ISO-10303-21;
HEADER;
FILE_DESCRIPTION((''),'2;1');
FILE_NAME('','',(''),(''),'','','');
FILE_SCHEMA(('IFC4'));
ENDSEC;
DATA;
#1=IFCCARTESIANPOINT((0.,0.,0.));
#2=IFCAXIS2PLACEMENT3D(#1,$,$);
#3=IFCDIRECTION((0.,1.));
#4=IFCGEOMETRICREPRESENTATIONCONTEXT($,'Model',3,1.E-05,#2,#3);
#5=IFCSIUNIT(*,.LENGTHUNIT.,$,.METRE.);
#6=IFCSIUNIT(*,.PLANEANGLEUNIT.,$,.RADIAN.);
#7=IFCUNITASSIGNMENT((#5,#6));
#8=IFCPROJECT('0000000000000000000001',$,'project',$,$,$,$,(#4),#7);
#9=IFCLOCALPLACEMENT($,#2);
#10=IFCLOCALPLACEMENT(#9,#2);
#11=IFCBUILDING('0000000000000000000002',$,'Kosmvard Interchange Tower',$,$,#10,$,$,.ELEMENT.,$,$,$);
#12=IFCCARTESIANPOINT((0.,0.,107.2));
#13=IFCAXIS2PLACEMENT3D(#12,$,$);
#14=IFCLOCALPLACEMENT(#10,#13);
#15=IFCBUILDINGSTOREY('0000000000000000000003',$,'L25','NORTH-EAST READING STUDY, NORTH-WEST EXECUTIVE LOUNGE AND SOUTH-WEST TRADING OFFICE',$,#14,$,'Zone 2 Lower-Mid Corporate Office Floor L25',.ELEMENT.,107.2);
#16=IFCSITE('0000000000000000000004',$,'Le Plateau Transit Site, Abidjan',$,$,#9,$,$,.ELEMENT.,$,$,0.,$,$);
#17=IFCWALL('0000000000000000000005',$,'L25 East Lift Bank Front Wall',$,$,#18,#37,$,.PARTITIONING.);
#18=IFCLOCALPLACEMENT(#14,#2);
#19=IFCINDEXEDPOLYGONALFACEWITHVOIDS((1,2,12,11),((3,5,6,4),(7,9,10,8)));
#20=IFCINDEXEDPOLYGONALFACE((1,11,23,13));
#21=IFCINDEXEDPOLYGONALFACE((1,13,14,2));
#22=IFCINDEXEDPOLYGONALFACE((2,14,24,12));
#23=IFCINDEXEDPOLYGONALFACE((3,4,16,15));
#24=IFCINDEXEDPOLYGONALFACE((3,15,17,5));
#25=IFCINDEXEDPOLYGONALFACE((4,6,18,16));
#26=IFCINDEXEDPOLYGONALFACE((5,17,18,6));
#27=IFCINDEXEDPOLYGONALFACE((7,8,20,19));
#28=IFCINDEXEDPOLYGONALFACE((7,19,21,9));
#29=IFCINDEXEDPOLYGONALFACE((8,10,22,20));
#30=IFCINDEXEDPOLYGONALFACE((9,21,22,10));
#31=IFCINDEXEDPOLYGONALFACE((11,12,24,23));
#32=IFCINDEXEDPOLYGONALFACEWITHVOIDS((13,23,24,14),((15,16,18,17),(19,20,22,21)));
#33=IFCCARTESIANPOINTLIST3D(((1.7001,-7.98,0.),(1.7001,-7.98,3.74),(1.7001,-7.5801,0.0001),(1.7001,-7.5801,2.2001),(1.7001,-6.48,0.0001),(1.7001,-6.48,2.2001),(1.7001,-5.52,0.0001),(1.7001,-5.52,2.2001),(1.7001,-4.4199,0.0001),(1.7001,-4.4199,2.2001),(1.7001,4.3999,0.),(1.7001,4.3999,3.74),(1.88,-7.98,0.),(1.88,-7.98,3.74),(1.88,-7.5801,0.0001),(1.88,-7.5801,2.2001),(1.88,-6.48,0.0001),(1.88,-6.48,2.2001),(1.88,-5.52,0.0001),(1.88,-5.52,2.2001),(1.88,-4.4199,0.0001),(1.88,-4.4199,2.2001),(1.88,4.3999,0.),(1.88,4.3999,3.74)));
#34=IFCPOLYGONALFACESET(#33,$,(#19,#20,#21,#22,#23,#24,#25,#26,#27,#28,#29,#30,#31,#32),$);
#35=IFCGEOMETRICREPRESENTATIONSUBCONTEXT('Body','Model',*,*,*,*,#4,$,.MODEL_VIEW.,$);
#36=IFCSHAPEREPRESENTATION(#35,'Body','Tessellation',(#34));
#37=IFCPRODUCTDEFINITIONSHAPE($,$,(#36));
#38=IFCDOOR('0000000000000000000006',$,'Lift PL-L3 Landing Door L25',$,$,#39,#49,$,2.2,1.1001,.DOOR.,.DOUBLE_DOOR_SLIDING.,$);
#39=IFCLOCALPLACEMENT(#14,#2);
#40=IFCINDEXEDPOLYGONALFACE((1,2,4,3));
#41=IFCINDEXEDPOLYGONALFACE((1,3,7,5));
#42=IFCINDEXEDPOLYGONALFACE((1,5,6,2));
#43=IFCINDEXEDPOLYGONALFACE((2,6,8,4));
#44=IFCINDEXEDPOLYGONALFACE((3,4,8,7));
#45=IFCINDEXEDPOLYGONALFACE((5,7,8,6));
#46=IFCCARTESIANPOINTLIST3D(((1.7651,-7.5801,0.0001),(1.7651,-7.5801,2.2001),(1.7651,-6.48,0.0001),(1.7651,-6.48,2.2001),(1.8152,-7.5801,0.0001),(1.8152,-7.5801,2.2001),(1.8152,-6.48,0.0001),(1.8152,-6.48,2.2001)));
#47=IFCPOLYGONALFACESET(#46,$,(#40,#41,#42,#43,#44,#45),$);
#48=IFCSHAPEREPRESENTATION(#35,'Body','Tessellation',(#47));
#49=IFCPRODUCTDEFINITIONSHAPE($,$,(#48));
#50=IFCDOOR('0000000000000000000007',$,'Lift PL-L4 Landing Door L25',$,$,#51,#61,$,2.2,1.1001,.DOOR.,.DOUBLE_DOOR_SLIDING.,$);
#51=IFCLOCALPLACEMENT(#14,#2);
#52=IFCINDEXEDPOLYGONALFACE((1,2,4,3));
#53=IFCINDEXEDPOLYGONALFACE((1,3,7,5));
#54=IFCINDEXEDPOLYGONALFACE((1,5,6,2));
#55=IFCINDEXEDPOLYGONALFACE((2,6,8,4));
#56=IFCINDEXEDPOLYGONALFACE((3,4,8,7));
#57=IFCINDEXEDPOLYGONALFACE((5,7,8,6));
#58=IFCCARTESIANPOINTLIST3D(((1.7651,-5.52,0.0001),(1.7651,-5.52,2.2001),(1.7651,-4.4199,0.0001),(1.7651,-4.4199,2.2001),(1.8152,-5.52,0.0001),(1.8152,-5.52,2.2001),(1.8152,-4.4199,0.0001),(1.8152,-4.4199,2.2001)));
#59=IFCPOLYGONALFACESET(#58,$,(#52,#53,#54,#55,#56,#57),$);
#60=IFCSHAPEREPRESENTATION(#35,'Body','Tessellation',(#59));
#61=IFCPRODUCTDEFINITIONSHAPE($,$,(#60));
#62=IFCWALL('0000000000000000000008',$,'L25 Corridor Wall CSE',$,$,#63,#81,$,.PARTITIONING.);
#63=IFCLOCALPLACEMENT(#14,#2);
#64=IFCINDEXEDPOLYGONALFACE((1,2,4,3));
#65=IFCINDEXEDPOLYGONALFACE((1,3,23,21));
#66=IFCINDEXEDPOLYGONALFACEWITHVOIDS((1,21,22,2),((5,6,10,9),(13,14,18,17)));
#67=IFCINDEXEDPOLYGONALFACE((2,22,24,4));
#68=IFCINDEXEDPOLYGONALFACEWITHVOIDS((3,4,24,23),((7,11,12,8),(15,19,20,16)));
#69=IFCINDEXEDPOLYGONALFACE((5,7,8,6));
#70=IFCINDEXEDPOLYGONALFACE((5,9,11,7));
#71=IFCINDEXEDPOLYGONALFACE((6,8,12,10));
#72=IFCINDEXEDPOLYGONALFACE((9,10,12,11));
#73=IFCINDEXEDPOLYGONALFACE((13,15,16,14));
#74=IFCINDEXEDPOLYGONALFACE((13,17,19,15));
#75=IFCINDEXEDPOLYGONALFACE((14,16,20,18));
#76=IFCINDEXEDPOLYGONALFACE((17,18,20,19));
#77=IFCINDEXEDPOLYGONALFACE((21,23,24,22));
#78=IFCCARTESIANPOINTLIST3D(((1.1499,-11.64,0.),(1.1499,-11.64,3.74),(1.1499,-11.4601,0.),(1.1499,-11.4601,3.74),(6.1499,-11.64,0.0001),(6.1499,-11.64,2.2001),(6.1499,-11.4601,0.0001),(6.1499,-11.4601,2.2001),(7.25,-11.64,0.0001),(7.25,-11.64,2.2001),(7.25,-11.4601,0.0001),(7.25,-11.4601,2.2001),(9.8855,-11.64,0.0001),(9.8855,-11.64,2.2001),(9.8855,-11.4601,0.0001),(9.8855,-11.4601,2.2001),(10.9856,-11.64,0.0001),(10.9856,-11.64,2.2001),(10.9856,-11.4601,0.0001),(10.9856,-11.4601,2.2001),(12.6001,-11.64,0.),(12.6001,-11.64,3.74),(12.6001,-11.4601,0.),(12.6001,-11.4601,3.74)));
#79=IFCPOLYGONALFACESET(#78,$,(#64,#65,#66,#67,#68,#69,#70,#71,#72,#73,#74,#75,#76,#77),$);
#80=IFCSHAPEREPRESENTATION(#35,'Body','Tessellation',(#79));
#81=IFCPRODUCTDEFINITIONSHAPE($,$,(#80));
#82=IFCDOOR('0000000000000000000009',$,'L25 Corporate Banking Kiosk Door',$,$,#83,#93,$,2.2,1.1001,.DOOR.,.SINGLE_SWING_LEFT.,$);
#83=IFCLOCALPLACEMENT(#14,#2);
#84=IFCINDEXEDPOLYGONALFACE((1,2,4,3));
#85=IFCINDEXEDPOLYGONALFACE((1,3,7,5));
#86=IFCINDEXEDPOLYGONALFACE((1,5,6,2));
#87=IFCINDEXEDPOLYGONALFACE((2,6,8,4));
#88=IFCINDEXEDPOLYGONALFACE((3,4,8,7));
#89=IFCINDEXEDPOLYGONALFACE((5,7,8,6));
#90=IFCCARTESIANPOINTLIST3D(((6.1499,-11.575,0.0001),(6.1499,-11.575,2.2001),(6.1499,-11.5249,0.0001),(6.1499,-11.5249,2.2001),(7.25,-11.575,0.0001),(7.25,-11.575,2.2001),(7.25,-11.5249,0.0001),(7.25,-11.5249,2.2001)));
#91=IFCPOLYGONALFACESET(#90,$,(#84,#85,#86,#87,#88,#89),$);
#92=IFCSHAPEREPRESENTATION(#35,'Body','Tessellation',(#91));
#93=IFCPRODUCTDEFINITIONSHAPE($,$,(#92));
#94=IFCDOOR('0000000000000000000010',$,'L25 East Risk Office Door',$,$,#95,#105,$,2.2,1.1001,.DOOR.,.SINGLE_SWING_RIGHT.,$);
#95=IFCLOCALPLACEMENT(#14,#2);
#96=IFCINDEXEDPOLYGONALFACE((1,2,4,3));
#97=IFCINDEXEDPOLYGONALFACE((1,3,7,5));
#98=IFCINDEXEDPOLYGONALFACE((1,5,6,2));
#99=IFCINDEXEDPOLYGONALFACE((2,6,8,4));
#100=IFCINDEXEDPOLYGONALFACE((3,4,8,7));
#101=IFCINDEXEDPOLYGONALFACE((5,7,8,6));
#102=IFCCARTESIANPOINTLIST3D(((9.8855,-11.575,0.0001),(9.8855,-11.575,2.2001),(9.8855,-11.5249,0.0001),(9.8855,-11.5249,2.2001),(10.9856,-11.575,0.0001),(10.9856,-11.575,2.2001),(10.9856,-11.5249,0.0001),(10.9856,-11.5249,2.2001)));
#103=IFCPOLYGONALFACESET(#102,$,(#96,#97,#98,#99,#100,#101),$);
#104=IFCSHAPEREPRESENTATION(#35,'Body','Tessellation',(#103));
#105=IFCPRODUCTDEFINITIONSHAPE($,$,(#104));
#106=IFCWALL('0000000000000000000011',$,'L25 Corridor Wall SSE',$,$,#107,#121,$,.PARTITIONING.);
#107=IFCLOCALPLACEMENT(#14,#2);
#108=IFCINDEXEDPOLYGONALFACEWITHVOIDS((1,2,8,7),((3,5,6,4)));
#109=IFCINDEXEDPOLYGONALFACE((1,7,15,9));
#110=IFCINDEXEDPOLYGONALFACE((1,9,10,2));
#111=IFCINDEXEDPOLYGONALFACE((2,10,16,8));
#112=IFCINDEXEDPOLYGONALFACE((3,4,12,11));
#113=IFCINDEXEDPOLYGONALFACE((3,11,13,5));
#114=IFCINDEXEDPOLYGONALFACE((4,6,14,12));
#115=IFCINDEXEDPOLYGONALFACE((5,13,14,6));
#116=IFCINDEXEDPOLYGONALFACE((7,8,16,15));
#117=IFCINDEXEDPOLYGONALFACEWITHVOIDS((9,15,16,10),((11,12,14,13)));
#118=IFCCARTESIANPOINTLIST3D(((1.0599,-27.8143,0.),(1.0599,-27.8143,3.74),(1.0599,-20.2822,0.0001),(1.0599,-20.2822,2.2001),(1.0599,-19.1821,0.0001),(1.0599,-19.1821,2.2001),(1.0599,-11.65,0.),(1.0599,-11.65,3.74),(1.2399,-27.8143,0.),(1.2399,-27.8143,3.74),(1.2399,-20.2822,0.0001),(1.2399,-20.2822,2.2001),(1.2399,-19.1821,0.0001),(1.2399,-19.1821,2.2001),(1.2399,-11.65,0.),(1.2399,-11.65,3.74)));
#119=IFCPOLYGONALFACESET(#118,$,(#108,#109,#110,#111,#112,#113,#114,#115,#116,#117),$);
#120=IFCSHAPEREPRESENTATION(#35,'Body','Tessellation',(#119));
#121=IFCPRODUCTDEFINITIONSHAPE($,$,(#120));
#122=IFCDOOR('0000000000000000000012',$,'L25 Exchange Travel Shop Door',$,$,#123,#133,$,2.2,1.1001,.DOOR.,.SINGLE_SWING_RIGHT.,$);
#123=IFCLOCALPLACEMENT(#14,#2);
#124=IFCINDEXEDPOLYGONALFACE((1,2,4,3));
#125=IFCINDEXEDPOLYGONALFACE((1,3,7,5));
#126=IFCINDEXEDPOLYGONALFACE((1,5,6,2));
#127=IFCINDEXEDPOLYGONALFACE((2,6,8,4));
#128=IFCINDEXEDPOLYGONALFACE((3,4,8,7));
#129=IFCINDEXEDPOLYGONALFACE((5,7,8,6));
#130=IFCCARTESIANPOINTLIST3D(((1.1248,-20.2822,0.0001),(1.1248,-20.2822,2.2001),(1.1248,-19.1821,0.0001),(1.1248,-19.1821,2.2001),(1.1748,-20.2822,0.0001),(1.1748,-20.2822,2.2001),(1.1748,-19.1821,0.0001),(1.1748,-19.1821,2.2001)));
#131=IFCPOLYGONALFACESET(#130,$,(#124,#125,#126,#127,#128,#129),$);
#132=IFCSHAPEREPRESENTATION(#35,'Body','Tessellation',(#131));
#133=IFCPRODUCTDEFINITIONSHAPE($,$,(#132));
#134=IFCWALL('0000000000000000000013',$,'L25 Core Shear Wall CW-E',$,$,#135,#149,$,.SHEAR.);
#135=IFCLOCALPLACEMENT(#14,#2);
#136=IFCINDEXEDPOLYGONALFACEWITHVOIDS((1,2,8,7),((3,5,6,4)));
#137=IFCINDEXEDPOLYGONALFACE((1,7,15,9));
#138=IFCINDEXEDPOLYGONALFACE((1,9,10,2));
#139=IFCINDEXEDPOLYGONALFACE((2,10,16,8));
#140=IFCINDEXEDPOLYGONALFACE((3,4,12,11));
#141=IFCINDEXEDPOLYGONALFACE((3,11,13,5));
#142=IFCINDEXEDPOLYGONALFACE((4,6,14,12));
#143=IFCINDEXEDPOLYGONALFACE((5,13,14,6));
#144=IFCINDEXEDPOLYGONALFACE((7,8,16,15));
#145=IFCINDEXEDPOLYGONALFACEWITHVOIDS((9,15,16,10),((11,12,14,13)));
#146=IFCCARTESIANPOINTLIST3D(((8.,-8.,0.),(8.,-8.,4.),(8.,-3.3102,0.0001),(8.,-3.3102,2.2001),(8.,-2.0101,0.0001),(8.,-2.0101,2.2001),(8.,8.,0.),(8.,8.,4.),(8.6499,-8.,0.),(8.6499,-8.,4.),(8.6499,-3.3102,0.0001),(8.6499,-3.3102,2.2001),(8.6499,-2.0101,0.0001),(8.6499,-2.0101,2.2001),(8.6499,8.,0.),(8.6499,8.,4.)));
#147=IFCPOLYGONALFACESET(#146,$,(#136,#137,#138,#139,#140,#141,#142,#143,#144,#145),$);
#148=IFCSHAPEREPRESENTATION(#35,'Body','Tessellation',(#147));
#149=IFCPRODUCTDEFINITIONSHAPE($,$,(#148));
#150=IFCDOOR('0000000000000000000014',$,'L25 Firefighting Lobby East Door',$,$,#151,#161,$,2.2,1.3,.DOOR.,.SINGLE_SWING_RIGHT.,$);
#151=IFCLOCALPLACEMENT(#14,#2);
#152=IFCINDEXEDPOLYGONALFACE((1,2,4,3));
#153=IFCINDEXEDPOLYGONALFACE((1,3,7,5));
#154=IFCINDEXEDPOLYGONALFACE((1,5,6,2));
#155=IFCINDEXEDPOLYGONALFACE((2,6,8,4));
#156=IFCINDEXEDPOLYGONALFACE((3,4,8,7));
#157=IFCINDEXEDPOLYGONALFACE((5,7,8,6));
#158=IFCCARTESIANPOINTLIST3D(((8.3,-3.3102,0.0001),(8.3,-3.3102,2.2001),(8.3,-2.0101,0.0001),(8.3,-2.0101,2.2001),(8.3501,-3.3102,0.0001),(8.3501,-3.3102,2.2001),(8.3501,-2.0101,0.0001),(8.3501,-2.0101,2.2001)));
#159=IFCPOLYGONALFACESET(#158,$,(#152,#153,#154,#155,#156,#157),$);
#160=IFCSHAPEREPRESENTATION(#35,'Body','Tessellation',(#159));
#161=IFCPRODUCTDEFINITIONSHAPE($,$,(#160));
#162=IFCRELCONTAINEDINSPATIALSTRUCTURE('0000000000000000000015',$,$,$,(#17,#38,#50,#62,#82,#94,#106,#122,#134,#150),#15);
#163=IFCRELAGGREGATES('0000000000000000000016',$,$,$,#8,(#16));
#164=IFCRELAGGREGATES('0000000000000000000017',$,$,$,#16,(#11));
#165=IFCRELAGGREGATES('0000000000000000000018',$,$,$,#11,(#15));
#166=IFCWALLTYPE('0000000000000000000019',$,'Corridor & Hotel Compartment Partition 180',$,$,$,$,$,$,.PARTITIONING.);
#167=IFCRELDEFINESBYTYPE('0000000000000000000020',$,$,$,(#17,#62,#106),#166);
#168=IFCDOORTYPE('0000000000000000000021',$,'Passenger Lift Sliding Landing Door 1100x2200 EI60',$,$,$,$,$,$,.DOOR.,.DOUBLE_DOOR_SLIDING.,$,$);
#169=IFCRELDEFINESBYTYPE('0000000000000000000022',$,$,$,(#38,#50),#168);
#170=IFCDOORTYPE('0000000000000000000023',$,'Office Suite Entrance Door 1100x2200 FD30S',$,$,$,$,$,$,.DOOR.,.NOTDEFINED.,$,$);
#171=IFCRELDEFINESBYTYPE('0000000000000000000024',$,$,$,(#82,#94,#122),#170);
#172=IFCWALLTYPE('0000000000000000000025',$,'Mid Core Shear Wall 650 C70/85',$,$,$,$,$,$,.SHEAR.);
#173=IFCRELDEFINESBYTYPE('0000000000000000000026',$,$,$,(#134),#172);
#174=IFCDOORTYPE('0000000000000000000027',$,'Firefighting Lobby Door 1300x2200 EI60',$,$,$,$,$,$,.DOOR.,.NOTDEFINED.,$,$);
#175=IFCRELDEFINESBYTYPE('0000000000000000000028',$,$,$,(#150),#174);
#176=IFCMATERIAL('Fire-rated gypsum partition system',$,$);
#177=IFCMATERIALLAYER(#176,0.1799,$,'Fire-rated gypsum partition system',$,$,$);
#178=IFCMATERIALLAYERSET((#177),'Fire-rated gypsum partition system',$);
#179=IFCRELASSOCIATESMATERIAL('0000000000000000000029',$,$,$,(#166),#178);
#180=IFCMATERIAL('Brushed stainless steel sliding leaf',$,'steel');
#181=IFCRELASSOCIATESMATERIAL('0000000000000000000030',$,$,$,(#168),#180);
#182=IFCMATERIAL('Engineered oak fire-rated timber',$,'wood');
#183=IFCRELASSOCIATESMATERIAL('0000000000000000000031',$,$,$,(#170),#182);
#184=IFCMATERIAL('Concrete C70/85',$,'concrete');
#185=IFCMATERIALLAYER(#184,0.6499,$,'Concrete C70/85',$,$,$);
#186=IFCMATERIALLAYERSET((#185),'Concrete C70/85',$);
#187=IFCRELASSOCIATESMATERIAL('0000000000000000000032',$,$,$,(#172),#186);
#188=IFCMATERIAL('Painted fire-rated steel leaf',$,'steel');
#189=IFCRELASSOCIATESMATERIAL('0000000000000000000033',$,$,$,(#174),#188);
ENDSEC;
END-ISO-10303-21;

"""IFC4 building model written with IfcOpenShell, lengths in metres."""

from ifc_helpers import new_model, si_unit, direction, frame, frame_2d, origin, place, context, subcontext, project, spatial, rectangle, extrude, source, transform, mapped, material, layer, layer_set, type_object, element, fill, save


model = new_model("IFC4")

# Units and contexts
model_context = context("Model", 3, precision=1e-05, world=origin(), true_north=direction((0.0, 1.0)))
body_context = subcontext(model_context, "Body", "Model", "MODEL_VIEW")
ifc_project = project(units=[si_unit("LENGTHUNIT", "METRE"), si_unit("PLANEANGLEUNIT", "RADIAN")], contexts=[model_context])

# Site, building, storey
site_placement = place(None, origin())
site = spatial("IfcSite", under=ifc_project, at=site_placement, Name="Le Plateau Transit Site, Abidjan", CompositionType="ELEMENT", RefElevation=0.0)
building_placement = place(site_placement, origin())
building = spatial("IfcBuilding", under=site, at=building_placement, Name="Kosmvard Interchange Tower", CompositionType="ELEMENT")
storey_placement = place(building_placement, frame((0.0, 0.0, 107.2)))
storey = spatial("IfcBuildingStorey", under=building, at=storey_placement, Name="L25", Description="NORTH-EAST READING STUDY, NORTH-WEST EXECUTIVE LOUNGE AND SOUTH-WEST TRADING OFFICE", LongName="Zone 2 Lower-Mid Corporate Office Floor L25", CompositionType="ELEMENT", Elevation=107.2)

# Walls, openings, doors
ifc_material_1 = material(Name="Fire-rated gypsum partition system")
ifc_layer_1 = layer(ifc_material_1, 0.1799, Name="Fire-rated gypsum partition system")
ifc_layer_set_1 = layer_set([ifc_layer_1], Name="Fire-rated gypsum partition system")
wall_type_1 = type_object("IfcWallType", Name="Corridor & Hotel Compartment Partition 180", PredefinedType="PARTITIONING", material=ifc_layer_set_1)
wall_1_placement = place(storey_placement, frame((1.79, -7.98, 0.0), z_axis=(0.0, 0.0, 1.0), x_axis=(0.0, 1.0, 0.0)))
wall_1 = element("IfcWall", 1, at=wall_1_placement, inside=storey, type_object=wall_type_1, Name="L25 East Lift Bank Front Wall", PredefinedType="PARTITIONING", context=body_context, shape_type="SweptSolid", body=[
    extrude(rectangle(XDim=12.3799, YDim=0.1799, at=frame_2d((6.1899, 0.0))), origin(), (0.0, 0.0, 1.0), 3.74),
])
opening_1_placement = place(wall_1_placement, frame((0.3999, 0.0, 0.0)))
opening_1 = element("IfcOpeningElement", 2, at=opening_1_placement, cuts=wall_1, PredefinedType="OPENING", context=body_context, shape_type="SweptSolid", body=[
    extrude(rectangle(XDim=1.1001, YDim=2.2, at=frame_2d((0.55, 1.1001))), frame((0.0, 0.1001, 0.0), z_axis=(0.0, -1.0, 0.0), x_axis=(1.0, 0.0, 0.0)), (0.0, 0.0, 1.0), 0.2),
])
opening_2_placement = place(wall_1_placement, frame((2.46, 0.0, 0.0)))
opening_2 = element("IfcOpeningElement", 3, at=opening_2_placement, cuts=wall_1, PredefinedType="OPENING", context=body_context, shape_type="SweptSolid", body=[
    extrude(rectangle(XDim=1.1001, YDim=2.2, at=frame_2d((0.55, 1.1001))), frame((0.0, 0.1001, 0.0), z_axis=(0.0, -1.0, 0.0), x_axis=(1.0, 0.0, 0.0)), (0.0, 0.0, 1.0), 0.2),
])
ifc_material_2 = material(Name="Brushed stainless steel sliding leaf", Category="steel")
door_type_1 = type_object("IfcDoorType", Name="Passenger Lift Sliding Landing Door 1100x2200 EI60", OperationType="DOUBLE_DOOR_SLIDING", PredefinedType="DOOR", material=ifc_material_2)
shared_shape_1 = source(origin(), body_context, "Body", "SweptSolid", [
    extrude(rectangle(XDim=1.1001, YDim=2.2, at=frame_2d((0.55, 1.1001))), frame((0.0, 0.0249, 0.0), z_axis=(0.0, -1.0, 0.0), x_axis=(1.0, 0.0, 0.0)), (0.0, 0.0, 1.0), 0.05),
])
door_1_placement = place(opening_1_placement, origin())
door_1 = element("IfcDoor", 4, at=door_1_placement, inside=storey, type_object=door_type_1, Name="Lift PL-L3 Landing Door L25", OperationType="DOUBLE_DOOR_SLIDING", OverallHeight=2.2, OverallWidth=1.1001, PredefinedType="DOOR", context=body_context, shape_type="MappedRepresentation", body=[
    mapped(shared_shape_1, transform((0.0, 0.0, 0.0), scale=1.0)),
])
fill(opening_1, door_1)
door_2_placement = place(opening_2_placement, origin())
door_2 = element("IfcDoor", 5, at=door_2_placement, inside=storey, type_object=door_type_1, Name="Lift PL-L4 Landing Door L25", OperationType="DOUBLE_DOOR_SLIDING", OverallHeight=2.2, OverallWidth=1.1001, PredefinedType="DOOR", context=body_context, shape_type="MappedRepresentation", body=[
    mapped(shared_shape_1, transform((0.0, 0.0, 0.0), scale=1.0)),
])
fill(opening_2, door_2)
wall_2_placement = place(storey_placement, frame((1.1499, -11.55, 0.0), z_axis=(0.0, 0.0, 1.0), x_axis=(1.0, 0.0, 0.0)))
wall_2 = element("IfcWall", 6, at=wall_2_placement, inside=storey, type_object=wall_type_1, Name="L25 Corridor Wall CSE", PredefinedType="PARTITIONING", context=body_context, shape_type="SweptSolid", body=[
    extrude(rectangle(XDim=11.4502, YDim=0.1799, at=frame_2d((5.7251, 0.0))), origin(), (0.0, 0.0, 1.0), 3.74),
])
opening_3_placement = place(wall_2_placement, frame((5.0, 0.0, 0.0)))
opening_3 = element("IfcOpeningElement", 7, at=opening_3_placement, cuts=wall_2, PredefinedType="OPENING", context=body_context, shape_type="SweptSolid", body=[
    extrude(rectangle(XDim=1.1001, YDim=2.2, at=frame_2d((0.55, 1.1001))), frame((0.0, 0.1001, 0.0), z_axis=(0.0, -1.0, 0.0), x_axis=(1.0, 0.0, 0.0)), (0.0, 0.0, 1.0), 0.2),
])
opening_4_placement = place(wall_2_placement, frame((8.7356, 0.0, 0.0)))
opening_4 = element("IfcOpeningElement", 8, at=opening_4_placement, cuts=wall_2, PredefinedType="OPENING", context=body_context, shape_type="SweptSolid", body=[
    extrude(rectangle(XDim=1.1001, YDim=2.2, at=frame_2d((0.55, 1.1001))), frame((0.0, 0.1001, 0.0), z_axis=(0.0, -1.0, 0.0), x_axis=(1.0, 0.0, 0.0)), (0.0, 0.0, 1.0), 0.2),
])
ifc_material_3 = material(Name="Engineered oak fire-rated timber", Category="wood")
door_type_2 = type_object("IfcDoorType", Name="Office Suite Entrance Door 1100x2200 FD30S", OperationType="NOTDEFINED", PredefinedType="DOOR", material=ifc_material_3)
door_3_placement = place(opening_3_placement, frame((1.1001, 0.0, 0.0), z_axis=(0.0, 0.0, 1.0), x_axis=(-1.0, 0.0, 0.0)))
door_3 = element("IfcDoor", 9, at=door_3_placement, inside=storey, type_object=door_type_2, Name="L25 Corporate Banking Kiosk Door", OperationType="SINGLE_SWING_LEFT", OverallHeight=2.2, OverallWidth=1.1001, PredefinedType="DOOR", context=body_context, shape_type="MappedRepresentation", body=[
    mapped(shared_shape_1, transform((0.0, 0.0, 0.0), scale=1.0)),
])
fill(opening_3, door_3)
door_4_placement = place(opening_4_placement, frame((1.1001, 0.0, 0.0), z_axis=(0.0, 0.0, 1.0), x_axis=(-1.0, 0.0, 0.0)))
door_4 = element("IfcDoor", 10, at=door_4_placement, inside=storey, type_object=door_type_2, Name="L25 East Risk Office Door", OperationType="SINGLE_SWING_RIGHT", OverallHeight=2.2, OverallWidth=1.1001, PredefinedType="DOOR", context=body_context, shape_type="MappedRepresentation", body=[
    mapped(shared_shape_1, transform((0.0, 0.0, 0.0), scale=1.0)),
])
fill(opening_4, door_4)

# Walls, openings, doors
wall_3_placement = place(storey_placement, frame((1.1499, -27.8142, 0.0), z_axis=(0.0, 0.0, 1.0), x_axis=(0.0, 1.0, 0.0)))
wall_3 = element("IfcWall", 11, at=wall_3_placement, inside=storey, type_object=wall_type_1, Name="L25 Corridor Wall SSE", PredefinedType="PARTITIONING", context=body_context, shape_type="SweptSolid", body=[
    extrude(rectangle(XDim=16.1643, YDim=0.1799, at=frame_2d((8.082, 0.0))), origin(), (0.0, 0.0, 1.0), 3.74),
])
opening_5_placement = place(wall_3_placement, frame((7.532, 0.0, 0.0)))
opening_5 = element("IfcOpeningElement", 12, at=opening_5_placement, cuts=wall_3, PredefinedType="OPENING", context=body_context, shape_type="SweptSolid", body=[
    extrude(rectangle(XDim=1.1001, YDim=2.2, at=frame_2d((0.55, 1.1001))), frame((0.0, 0.1001, 0.0), z_axis=(0.0, -1.0, 0.0), x_axis=(1.0, 0.0, 0.0)), (0.0, 0.0, 1.0), 0.2),
])
door_5_placement = place(opening_5_placement, frame((1.1001, 0.0, 0.0), z_axis=(0.0, 0.0, 1.0), x_axis=(-1.0, 0.0, 0.0)))
door_5 = element("IfcDoor", 13, at=door_5_placement, inside=storey, type_object=door_type_2, Name="L25 Exchange Travel Shop Door", OperationType="SINGLE_SWING_RIGHT", OverallHeight=2.2, OverallWidth=1.1001, PredefinedType="DOOR", context=body_context, shape_type="MappedRepresentation", body=[
    mapped(shared_shape_1, transform((0.0, 0.0, 0.0), scale=1.0)),
])
fill(opening_5, door_5)
ifc_material_4 = material(Name="Concrete C70/85", Category="concrete")
ifc_layer_2 = layer(ifc_material_4, 0.6499, Name="Concrete C70/85")
ifc_layer_set_2 = layer_set([ifc_layer_2], Name="Concrete C70/85")
wall_type_2 = type_object("IfcWallType", Name="Mid Core Shear Wall 650 C70/85", PredefinedType="SHEAR", material=ifc_layer_set_2)
wall_4_placement = place(storey_placement, frame((8.325, -8.0, 0.0), z_axis=(0.0, 0.0, 1.0), x_axis=(0.0, 1.0, 0.0)))
wall_4 = element("IfcWall", 14, at=wall_4_placement, inside=storey, type_object=wall_type_2, Name="L25 Core Shear Wall CW-E", PredefinedType="SHEAR", context=body_context, shape_type="SweptSolid", body=[
    extrude(rectangle(XDim=16.0, YDim=0.6499, at=frame_2d((8.0, 0.0))), origin(), (0.0, 0.0, 1.0), 4.0),
])
opening_6_placement = place(wall_4_placement, frame((4.6899, 0.0, 0.0)))
opening_6 = element("IfcOpeningElement", 15, at=opening_6_placement, cuts=wall_4, PredefinedType="OPENING", context=body_context, shape_type="SweptSolid", body=[
    extrude(rectangle(XDim=1.3, YDim=2.2, at=frame_2d((0.6499, 1.1001))), frame((0.0, 0.335, 0.0), z_axis=(0.0, -1.0, 0.0), x_axis=(1.0, 0.0, 0.0)), (0.0, 0.0, 1.0), 0.6699),
])
ifc_material_5 = material(Name="Painted fire-rated steel leaf", Category="steel")
door_type_3 = type_object("IfcDoorType", Name="Firefighting Lobby Door 1300x2200 EI60", OperationType="NOTDEFINED", PredefinedType="DOOR", material=ifc_material_5)
shared_shape_2 = source(origin(), body_context, "Body", "SweptSolid", [
    extrude(rectangle(XDim=1.3, YDim=2.2, at=frame_2d((0.6499, 1.1001))), frame((0.0, 0.0249, 0.0), z_axis=(0.0, -1.0, 0.0), x_axis=(1.0, 0.0, 0.0)), (0.0, 0.0, 1.0), 0.05),
])
door_6_placement = place(opening_6_placement, origin())
door_6 = element("IfcDoor", 16, at=door_6_placement, inside=storey, type_object=door_type_3, Name="L25 Firefighting Lobby East Door", OperationType="SINGLE_SWING_RIGHT", OverallHeight=2.2, OverallWidth=1.3, PredefinedType="DOOR", context=body_context, shape_type="MappedRepresentation", body=[
    mapped(shared_shape_2, transform((0.0, 0.0, 0.0), scale=1.0)),
])
fill(opening_6, door_6)

save(model, "model.ifc")
